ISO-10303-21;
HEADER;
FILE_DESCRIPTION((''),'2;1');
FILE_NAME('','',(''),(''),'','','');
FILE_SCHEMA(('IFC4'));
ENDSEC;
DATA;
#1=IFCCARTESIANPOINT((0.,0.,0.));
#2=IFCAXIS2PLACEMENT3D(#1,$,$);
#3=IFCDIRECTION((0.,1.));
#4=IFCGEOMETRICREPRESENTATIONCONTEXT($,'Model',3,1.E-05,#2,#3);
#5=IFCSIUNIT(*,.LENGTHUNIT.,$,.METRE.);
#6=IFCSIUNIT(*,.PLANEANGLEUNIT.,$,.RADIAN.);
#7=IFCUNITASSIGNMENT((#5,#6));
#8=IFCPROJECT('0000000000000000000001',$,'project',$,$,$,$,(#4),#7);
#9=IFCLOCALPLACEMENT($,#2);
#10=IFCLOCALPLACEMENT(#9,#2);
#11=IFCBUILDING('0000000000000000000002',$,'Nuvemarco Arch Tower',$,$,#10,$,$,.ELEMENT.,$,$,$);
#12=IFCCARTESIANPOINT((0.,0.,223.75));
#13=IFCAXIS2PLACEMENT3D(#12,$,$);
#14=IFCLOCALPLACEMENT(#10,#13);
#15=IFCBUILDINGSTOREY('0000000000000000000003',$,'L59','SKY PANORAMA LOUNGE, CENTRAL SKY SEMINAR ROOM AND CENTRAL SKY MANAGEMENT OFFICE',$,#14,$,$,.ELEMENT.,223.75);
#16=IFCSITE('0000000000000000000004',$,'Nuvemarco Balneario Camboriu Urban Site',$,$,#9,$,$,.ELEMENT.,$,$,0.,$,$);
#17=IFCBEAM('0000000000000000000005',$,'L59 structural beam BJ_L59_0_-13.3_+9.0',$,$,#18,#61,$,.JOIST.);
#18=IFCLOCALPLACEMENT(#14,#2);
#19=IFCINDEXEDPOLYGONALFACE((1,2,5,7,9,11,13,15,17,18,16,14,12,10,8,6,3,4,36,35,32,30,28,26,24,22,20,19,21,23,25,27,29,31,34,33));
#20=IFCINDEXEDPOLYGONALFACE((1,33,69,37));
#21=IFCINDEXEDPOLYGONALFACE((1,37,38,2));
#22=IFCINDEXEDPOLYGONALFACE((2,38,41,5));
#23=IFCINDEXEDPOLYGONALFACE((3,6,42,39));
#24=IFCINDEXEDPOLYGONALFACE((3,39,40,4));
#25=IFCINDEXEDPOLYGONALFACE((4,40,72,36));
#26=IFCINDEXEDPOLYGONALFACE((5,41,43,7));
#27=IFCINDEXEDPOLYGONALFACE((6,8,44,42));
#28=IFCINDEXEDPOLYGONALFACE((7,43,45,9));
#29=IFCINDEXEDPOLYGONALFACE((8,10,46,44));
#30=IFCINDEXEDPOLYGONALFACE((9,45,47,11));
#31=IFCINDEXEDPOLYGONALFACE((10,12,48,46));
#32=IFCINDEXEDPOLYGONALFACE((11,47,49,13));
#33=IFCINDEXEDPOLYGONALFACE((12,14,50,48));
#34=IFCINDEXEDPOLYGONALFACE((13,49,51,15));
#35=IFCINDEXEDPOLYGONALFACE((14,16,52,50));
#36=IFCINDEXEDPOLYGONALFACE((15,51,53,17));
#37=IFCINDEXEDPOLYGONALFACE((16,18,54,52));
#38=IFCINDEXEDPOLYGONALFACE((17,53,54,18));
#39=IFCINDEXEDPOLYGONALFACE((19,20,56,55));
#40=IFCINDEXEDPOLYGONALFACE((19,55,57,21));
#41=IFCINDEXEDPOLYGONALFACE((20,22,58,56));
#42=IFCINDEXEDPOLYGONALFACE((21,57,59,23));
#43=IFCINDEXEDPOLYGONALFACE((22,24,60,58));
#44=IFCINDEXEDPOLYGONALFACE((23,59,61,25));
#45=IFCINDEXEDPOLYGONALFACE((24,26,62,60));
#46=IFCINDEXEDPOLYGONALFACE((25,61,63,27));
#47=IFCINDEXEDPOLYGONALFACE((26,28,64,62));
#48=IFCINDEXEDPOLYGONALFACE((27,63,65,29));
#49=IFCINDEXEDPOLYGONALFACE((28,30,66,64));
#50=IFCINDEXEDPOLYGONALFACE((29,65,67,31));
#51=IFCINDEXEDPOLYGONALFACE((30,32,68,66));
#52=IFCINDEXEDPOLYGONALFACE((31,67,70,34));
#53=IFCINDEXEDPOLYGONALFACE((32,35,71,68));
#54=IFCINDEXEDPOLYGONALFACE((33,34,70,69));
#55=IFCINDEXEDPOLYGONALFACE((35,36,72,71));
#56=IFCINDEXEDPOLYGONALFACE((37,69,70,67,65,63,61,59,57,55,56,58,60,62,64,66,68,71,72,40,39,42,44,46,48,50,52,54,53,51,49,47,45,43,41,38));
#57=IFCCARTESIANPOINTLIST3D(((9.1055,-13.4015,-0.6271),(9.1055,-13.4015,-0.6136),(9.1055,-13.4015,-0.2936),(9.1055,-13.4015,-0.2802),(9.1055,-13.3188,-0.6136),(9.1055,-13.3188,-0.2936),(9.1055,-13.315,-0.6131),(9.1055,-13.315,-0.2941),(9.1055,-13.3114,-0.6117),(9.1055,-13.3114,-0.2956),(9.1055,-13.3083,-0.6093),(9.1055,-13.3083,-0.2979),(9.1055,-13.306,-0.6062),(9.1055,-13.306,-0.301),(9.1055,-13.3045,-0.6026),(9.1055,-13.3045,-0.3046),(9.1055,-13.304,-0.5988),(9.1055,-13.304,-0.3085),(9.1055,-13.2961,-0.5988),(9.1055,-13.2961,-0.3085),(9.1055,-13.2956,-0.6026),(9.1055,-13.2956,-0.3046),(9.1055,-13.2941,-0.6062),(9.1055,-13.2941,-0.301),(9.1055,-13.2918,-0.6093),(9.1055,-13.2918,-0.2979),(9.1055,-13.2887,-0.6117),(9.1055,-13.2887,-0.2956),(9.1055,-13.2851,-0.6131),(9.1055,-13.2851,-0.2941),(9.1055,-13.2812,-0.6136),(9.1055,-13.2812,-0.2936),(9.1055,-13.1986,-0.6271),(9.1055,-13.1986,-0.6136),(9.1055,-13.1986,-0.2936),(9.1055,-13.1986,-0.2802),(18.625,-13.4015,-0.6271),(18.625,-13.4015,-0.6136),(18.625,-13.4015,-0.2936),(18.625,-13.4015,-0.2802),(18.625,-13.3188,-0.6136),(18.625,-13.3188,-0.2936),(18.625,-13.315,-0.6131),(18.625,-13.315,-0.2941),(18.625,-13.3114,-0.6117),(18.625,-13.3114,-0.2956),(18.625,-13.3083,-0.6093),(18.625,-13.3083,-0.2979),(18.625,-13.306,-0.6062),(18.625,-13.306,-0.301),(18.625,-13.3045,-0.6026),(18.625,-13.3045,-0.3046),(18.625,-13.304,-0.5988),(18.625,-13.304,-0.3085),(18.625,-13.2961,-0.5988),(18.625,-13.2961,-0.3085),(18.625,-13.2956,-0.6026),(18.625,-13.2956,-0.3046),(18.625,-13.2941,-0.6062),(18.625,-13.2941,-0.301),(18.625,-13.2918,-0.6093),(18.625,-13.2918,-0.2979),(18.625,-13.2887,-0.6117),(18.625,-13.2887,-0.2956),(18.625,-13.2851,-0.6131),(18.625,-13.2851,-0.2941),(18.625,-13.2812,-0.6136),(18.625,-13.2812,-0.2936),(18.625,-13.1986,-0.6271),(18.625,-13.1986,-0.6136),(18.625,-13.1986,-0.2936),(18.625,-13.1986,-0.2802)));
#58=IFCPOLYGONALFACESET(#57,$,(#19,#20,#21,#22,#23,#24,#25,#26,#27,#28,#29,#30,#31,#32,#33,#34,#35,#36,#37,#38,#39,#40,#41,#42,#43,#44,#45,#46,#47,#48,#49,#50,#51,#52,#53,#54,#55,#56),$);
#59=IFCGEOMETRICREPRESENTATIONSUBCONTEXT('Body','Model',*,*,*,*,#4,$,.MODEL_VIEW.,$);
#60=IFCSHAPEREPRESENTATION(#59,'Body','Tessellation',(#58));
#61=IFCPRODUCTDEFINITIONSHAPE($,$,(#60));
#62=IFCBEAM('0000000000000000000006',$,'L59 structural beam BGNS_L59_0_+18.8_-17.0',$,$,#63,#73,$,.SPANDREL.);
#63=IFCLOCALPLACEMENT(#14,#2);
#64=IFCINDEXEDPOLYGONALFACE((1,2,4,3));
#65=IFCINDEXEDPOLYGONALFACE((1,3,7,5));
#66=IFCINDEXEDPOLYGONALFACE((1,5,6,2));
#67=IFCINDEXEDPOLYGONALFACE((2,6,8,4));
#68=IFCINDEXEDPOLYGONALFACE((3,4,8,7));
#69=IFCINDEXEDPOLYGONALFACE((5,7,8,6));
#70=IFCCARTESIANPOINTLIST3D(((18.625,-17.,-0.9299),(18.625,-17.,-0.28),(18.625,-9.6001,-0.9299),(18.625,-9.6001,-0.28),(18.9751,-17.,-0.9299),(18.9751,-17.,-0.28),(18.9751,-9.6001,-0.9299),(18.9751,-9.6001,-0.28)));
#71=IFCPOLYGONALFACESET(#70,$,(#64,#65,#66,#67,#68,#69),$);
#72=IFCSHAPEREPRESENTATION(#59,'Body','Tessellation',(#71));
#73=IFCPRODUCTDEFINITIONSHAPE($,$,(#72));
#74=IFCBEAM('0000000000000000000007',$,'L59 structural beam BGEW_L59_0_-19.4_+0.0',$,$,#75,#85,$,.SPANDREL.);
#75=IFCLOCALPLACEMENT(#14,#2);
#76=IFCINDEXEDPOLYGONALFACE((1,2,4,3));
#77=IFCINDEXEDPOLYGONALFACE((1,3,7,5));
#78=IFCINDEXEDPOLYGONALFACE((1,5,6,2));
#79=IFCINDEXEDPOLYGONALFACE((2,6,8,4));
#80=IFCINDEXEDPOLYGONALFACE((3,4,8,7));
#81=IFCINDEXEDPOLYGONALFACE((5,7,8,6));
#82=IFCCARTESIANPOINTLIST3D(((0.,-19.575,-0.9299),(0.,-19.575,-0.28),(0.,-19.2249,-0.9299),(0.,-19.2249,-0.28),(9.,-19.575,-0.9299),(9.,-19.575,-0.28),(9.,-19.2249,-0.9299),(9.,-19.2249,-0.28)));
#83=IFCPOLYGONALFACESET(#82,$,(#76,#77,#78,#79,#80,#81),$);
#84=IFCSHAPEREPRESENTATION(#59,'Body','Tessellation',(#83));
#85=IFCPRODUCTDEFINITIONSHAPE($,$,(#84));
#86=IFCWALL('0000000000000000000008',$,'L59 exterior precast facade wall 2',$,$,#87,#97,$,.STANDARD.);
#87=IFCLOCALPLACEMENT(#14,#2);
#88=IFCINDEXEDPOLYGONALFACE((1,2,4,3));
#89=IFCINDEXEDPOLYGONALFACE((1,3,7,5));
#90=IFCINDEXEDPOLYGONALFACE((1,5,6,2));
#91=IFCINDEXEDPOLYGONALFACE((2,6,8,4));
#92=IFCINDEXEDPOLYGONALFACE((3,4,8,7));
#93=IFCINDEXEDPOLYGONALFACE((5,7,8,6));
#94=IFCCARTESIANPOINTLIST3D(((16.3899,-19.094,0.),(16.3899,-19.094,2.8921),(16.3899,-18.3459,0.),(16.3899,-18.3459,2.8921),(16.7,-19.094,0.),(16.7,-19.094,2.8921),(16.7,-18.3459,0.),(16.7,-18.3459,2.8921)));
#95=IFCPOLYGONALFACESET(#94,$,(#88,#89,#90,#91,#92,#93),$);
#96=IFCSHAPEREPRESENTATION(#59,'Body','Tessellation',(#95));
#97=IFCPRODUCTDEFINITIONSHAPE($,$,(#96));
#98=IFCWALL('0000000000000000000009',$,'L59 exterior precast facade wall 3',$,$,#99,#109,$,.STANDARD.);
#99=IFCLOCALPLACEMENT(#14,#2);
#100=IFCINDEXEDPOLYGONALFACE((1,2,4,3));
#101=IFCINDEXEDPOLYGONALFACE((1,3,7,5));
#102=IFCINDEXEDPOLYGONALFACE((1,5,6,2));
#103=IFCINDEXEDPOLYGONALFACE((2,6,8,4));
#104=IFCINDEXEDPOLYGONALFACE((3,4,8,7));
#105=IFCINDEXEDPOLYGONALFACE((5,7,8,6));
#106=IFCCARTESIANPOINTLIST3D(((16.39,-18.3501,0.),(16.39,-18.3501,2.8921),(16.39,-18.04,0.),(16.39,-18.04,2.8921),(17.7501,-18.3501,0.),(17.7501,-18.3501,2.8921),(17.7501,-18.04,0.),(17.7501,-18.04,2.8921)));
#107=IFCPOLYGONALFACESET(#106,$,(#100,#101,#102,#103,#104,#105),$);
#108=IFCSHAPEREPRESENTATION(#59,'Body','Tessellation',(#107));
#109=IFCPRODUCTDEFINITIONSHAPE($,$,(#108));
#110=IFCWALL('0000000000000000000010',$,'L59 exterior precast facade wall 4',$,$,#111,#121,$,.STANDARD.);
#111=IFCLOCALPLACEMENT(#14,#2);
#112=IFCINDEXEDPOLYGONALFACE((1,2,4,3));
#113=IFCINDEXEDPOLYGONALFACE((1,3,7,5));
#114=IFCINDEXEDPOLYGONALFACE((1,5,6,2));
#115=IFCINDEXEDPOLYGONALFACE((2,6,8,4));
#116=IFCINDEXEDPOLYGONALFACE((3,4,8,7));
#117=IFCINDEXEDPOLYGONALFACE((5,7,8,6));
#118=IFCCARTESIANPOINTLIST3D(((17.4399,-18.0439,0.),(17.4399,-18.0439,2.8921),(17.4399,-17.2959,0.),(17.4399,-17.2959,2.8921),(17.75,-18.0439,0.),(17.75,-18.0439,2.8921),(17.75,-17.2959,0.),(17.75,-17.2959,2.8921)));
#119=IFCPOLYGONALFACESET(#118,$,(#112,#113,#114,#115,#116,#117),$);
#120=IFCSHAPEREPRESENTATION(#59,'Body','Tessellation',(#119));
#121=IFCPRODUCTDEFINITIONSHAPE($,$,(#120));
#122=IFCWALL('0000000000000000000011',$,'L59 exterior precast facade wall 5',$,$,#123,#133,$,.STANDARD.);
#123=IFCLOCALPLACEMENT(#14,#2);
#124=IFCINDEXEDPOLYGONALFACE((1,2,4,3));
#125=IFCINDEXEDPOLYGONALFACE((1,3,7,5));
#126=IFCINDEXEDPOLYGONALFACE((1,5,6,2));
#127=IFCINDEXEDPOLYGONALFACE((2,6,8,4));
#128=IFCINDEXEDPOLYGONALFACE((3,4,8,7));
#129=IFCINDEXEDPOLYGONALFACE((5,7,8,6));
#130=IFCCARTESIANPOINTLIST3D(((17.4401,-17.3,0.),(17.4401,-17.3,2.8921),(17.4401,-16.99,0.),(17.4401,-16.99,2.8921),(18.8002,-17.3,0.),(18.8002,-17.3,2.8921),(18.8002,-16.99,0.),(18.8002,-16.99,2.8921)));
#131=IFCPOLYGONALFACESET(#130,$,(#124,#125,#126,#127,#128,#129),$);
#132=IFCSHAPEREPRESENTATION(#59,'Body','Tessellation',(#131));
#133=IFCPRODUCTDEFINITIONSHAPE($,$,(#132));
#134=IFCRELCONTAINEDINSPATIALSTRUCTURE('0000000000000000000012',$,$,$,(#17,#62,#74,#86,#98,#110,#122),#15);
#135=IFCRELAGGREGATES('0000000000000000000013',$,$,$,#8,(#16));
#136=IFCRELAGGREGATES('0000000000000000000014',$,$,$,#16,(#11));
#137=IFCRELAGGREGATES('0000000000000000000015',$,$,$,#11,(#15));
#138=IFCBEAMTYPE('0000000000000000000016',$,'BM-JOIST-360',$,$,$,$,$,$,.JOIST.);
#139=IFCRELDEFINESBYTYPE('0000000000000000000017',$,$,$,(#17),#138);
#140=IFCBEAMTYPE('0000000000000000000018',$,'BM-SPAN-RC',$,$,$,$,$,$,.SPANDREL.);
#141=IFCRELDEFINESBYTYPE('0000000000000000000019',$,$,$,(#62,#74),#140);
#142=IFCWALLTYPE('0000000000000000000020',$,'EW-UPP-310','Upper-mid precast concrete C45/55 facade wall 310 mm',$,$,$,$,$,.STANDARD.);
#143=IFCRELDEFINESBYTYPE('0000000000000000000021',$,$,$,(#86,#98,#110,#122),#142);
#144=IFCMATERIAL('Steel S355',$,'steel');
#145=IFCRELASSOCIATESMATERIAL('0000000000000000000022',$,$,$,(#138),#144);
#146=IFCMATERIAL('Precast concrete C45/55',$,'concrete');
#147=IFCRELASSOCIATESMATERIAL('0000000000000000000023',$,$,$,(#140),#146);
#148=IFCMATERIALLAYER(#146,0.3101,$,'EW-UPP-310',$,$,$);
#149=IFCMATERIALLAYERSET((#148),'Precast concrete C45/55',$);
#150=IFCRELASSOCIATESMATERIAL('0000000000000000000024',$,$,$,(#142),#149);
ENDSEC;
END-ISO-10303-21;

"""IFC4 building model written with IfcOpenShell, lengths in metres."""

from ifc_helpers import new_model, si_unit, direction, frame, frame_2d, origin, origin_2d, place, context, subcontext, project, spatial, rectangle, i_section, extrude, material, layer, layer_set, material_profile, profile_set, type_object, element, save


model = new_model("IFC4")

# Units and contexts
model_context = context("Model", 3, precision=1e-05, world=origin(), true_north=direction((0.0, 1.0)))
body_context = subcontext(model_context, "Body", "Model", "MODEL_VIEW")
ifc_project = project(units=[si_unit("LENGTHUNIT", "METRE"), si_unit("PLANEANGLEUNIT", "RADIAN")], contexts=[model_context])

# Site, building, storey
site_placement = place(None, origin())
site = spatial("IfcSite", under=ifc_project, at=site_placement, Name="Nuvemarco Balneario Camboriu Urban Site", CompositionType="ELEMENT", RefElevation=0.0)
building_placement = place(site_placement, origin())
building = spatial("IfcBuilding", under=site, at=building_placement, Name="Nuvemarco Arch Tower", CompositionType="ELEMENT")
storey_placement = place(building_placement, frame((0.0, 0.0, 223.75)))
storey = spatial("IfcBuildingStorey", under=building, at=storey_placement, Name="L59", Description="SKY PANORAMA LOUNGE, CENTRAL SKY SEMINAR ROOM AND CENTRAL SKY MANAGEMENT OFFICE", CompositionType="ELEMENT", Elevation=223.75)

# Shared definitions
ifc_material_1 = material(Name="Steel S355", Category="steel")

# Beams
ifc_material_profile_1 = material_profile(ifc_material_1, i_section(OverallWidth=0.2029, OverallDepth=0.3469, WebThickness=0.0078, FlangeThickness=0.0134, FilletRadius=0.0149, at=origin_2d()), Name="W360x64")
ifc_profile_set_1 = profile_set([ifc_material_profile_1], Name="Steel S355")
beam_type_1 = type_object("IfcBeamType", Name="BM-JOIST-360", PredefinedType="JOIST", material=ifc_profile_set_1)
beam_1_placement = place(storey_placement, frame((9.1055, -13.3, -0.4536), z_axis=(1.0, 0.0, 0.0), x_axis=(0.0, 1.0, 0.0)))
element("IfcBeam", 1, at=beam_1_placement, inside=storey, type_object=beam_type_1, Name="L59 structural beam BJ_L59_0_-13.3_+9.0", PredefinedType="JOIST", context=body_context, shape_type="SweptSolid", body=[
    extrude(i_section(OverallWidth=0.2029, OverallDepth=0.3469, WebThickness=0.0078, FlangeThickness=0.0134, FilletRadius=0.0149, at=origin_2d()), origin(), (0.0, 0.0, 1.0), 9.5195),
])
ifc_material_2 = material(Name="Precast concrete C45/55", Category="concrete")
ifc_material_profile_2 = material_profile(ifc_material_2, rectangle(XDim=0.3501, YDim=0.6499, at=origin_2d()), Name="PC-SP-350x650")
ifc_profile_set_2 = profile_set([ifc_material_profile_2], Name="Precast concrete C45/55")
beam_type_2 = type_object("IfcBeamType", Name="BM-SPAN-RC", PredefinedType="SPANDREL", material=ifc_profile_set_2)
beam_2_placement = place(storey_placement, frame((18.8, -17.0, -0.605), z_axis=(0.0, 1.0, 0.0), x_axis=(-1.0, 0.0, 0.0)))
element("IfcBeam", 2, at=beam_2_placement, inside=storey, type_object=beam_type_2, Name="L59 structural beam BGNS_L59_0_+18.8_-17.0", PredefinedType="SPANDREL", context=body_context, shape_type="SweptSolid", body=[
    extrude(rectangle(XDim=0.3501, YDim=0.6499, at=origin_2d()), origin(), (0.0, 0.0, 1.0), 7.3999),
])
beam_3_placement = place(storey_placement, frame((0.0, -19.3999, -0.605), z_axis=(1.0, 0.0, 0.0), x_axis=(0.0, 1.0, 0.0)))
element("IfcBeam", 3, at=beam_3_placement, inside=storey, type_object=beam_type_2, Name="L59 structural beam BGEW_L59_0_-19.4_+0.0", PredefinedType="SPANDREL", context=body_context, shape_type="SweptSolid", body=[
    extrude(rectangle(XDim=0.3501, YDim=0.6499, at=origin_2d()), origin(), (0.0, 0.0, 1.0), 9.0),
])

# Walls
ifc_layer_1 = layer(ifc_material_2, 0.3101, Name="EW-UPP-310")
ifc_layer_set_1 = layer_set([ifc_layer_1], Name="Precast concrete C45/55")
wall_type_1 = type_object("IfcWallType", Name="EW-UPP-310", Description="Upper-mid precast concrete C45/55 facade wall 310 mm", PredefinedType="STANDARD", material=ifc_layer_set_1)
wall_1_placement = place(storey_placement, frame((16.5449, -19.094, 0.0), z_axis=(0.0, 0.0, 1.0), x_axis=(0.0, 1.0, 0.0)))
element("IfcWall", 4, at=wall_1_placement, inside=storey, type_object=wall_type_1, Name="L59 exterior precast facade wall 2", PredefinedType="STANDARD", context=body_context, shape_type="SweptSolid", body=[
    extrude(rectangle(XDim=0.748, YDim=0.3101, at=frame_2d((0.374, 0.0))), origin(), (0.0, 0.0, 1.0), 2.8921),
])
wall_2_placement = place(storey_placement, frame((16.3899, -18.1951, 0.0), z_axis=(0.0, 0.0, 1.0), x_axis=(1.0, 0.0, 0.0)))
element("IfcWall", 5, at=wall_2_placement, inside=storey, type_object=wall_type_1, Name="L59 exterior precast facade wall 3", PredefinedType="STANDARD", context=body_context, shape_type="SweptSolid", body=[
    extrude(rectangle(XDim=1.3601, YDim=0.3101, at=frame_2d((0.6802, 0.0))), origin(), (0.0, 0.0, 1.0), 2.8921),
])
wall_3_placement = place(storey_placement, frame((17.595, -18.0439, 0.0), z_axis=(0.0, 0.0, 1.0), x_axis=(0.0, 1.0, 0.0)))
element("IfcWall", 6, at=wall_3_placement, inside=storey, type_object=wall_type_1, Name="L59 exterior precast facade wall 4", PredefinedType="STANDARD", context=body_context, shape_type="SweptSolid", body=[
    extrude(rectangle(XDim=0.748, YDim=0.3101, at=frame_2d((0.374, 0.0))), origin(), (0.0, 0.0, 1.0), 2.8921),
])
wall_4_placement = place(storey_placement, frame((17.4399, -17.145, 0.0), z_axis=(0.0, 0.0, 1.0), x_axis=(1.0, 0.0, 0.0)))
element("IfcWall", 7, at=wall_4_placement, inside=storey, type_object=wall_type_1, Name="L59 exterior precast facade wall 5", PredefinedType="STANDARD", context=body_context, shape_type="SweptSolid", body=[
    extrude(rectangle(XDim=1.3601, YDim=0.3101, at=frame_2d((0.6802, 0.0))), origin(), (0.0, 0.0, 1.0), 2.8921),
])

save(model, "model.ifc")
